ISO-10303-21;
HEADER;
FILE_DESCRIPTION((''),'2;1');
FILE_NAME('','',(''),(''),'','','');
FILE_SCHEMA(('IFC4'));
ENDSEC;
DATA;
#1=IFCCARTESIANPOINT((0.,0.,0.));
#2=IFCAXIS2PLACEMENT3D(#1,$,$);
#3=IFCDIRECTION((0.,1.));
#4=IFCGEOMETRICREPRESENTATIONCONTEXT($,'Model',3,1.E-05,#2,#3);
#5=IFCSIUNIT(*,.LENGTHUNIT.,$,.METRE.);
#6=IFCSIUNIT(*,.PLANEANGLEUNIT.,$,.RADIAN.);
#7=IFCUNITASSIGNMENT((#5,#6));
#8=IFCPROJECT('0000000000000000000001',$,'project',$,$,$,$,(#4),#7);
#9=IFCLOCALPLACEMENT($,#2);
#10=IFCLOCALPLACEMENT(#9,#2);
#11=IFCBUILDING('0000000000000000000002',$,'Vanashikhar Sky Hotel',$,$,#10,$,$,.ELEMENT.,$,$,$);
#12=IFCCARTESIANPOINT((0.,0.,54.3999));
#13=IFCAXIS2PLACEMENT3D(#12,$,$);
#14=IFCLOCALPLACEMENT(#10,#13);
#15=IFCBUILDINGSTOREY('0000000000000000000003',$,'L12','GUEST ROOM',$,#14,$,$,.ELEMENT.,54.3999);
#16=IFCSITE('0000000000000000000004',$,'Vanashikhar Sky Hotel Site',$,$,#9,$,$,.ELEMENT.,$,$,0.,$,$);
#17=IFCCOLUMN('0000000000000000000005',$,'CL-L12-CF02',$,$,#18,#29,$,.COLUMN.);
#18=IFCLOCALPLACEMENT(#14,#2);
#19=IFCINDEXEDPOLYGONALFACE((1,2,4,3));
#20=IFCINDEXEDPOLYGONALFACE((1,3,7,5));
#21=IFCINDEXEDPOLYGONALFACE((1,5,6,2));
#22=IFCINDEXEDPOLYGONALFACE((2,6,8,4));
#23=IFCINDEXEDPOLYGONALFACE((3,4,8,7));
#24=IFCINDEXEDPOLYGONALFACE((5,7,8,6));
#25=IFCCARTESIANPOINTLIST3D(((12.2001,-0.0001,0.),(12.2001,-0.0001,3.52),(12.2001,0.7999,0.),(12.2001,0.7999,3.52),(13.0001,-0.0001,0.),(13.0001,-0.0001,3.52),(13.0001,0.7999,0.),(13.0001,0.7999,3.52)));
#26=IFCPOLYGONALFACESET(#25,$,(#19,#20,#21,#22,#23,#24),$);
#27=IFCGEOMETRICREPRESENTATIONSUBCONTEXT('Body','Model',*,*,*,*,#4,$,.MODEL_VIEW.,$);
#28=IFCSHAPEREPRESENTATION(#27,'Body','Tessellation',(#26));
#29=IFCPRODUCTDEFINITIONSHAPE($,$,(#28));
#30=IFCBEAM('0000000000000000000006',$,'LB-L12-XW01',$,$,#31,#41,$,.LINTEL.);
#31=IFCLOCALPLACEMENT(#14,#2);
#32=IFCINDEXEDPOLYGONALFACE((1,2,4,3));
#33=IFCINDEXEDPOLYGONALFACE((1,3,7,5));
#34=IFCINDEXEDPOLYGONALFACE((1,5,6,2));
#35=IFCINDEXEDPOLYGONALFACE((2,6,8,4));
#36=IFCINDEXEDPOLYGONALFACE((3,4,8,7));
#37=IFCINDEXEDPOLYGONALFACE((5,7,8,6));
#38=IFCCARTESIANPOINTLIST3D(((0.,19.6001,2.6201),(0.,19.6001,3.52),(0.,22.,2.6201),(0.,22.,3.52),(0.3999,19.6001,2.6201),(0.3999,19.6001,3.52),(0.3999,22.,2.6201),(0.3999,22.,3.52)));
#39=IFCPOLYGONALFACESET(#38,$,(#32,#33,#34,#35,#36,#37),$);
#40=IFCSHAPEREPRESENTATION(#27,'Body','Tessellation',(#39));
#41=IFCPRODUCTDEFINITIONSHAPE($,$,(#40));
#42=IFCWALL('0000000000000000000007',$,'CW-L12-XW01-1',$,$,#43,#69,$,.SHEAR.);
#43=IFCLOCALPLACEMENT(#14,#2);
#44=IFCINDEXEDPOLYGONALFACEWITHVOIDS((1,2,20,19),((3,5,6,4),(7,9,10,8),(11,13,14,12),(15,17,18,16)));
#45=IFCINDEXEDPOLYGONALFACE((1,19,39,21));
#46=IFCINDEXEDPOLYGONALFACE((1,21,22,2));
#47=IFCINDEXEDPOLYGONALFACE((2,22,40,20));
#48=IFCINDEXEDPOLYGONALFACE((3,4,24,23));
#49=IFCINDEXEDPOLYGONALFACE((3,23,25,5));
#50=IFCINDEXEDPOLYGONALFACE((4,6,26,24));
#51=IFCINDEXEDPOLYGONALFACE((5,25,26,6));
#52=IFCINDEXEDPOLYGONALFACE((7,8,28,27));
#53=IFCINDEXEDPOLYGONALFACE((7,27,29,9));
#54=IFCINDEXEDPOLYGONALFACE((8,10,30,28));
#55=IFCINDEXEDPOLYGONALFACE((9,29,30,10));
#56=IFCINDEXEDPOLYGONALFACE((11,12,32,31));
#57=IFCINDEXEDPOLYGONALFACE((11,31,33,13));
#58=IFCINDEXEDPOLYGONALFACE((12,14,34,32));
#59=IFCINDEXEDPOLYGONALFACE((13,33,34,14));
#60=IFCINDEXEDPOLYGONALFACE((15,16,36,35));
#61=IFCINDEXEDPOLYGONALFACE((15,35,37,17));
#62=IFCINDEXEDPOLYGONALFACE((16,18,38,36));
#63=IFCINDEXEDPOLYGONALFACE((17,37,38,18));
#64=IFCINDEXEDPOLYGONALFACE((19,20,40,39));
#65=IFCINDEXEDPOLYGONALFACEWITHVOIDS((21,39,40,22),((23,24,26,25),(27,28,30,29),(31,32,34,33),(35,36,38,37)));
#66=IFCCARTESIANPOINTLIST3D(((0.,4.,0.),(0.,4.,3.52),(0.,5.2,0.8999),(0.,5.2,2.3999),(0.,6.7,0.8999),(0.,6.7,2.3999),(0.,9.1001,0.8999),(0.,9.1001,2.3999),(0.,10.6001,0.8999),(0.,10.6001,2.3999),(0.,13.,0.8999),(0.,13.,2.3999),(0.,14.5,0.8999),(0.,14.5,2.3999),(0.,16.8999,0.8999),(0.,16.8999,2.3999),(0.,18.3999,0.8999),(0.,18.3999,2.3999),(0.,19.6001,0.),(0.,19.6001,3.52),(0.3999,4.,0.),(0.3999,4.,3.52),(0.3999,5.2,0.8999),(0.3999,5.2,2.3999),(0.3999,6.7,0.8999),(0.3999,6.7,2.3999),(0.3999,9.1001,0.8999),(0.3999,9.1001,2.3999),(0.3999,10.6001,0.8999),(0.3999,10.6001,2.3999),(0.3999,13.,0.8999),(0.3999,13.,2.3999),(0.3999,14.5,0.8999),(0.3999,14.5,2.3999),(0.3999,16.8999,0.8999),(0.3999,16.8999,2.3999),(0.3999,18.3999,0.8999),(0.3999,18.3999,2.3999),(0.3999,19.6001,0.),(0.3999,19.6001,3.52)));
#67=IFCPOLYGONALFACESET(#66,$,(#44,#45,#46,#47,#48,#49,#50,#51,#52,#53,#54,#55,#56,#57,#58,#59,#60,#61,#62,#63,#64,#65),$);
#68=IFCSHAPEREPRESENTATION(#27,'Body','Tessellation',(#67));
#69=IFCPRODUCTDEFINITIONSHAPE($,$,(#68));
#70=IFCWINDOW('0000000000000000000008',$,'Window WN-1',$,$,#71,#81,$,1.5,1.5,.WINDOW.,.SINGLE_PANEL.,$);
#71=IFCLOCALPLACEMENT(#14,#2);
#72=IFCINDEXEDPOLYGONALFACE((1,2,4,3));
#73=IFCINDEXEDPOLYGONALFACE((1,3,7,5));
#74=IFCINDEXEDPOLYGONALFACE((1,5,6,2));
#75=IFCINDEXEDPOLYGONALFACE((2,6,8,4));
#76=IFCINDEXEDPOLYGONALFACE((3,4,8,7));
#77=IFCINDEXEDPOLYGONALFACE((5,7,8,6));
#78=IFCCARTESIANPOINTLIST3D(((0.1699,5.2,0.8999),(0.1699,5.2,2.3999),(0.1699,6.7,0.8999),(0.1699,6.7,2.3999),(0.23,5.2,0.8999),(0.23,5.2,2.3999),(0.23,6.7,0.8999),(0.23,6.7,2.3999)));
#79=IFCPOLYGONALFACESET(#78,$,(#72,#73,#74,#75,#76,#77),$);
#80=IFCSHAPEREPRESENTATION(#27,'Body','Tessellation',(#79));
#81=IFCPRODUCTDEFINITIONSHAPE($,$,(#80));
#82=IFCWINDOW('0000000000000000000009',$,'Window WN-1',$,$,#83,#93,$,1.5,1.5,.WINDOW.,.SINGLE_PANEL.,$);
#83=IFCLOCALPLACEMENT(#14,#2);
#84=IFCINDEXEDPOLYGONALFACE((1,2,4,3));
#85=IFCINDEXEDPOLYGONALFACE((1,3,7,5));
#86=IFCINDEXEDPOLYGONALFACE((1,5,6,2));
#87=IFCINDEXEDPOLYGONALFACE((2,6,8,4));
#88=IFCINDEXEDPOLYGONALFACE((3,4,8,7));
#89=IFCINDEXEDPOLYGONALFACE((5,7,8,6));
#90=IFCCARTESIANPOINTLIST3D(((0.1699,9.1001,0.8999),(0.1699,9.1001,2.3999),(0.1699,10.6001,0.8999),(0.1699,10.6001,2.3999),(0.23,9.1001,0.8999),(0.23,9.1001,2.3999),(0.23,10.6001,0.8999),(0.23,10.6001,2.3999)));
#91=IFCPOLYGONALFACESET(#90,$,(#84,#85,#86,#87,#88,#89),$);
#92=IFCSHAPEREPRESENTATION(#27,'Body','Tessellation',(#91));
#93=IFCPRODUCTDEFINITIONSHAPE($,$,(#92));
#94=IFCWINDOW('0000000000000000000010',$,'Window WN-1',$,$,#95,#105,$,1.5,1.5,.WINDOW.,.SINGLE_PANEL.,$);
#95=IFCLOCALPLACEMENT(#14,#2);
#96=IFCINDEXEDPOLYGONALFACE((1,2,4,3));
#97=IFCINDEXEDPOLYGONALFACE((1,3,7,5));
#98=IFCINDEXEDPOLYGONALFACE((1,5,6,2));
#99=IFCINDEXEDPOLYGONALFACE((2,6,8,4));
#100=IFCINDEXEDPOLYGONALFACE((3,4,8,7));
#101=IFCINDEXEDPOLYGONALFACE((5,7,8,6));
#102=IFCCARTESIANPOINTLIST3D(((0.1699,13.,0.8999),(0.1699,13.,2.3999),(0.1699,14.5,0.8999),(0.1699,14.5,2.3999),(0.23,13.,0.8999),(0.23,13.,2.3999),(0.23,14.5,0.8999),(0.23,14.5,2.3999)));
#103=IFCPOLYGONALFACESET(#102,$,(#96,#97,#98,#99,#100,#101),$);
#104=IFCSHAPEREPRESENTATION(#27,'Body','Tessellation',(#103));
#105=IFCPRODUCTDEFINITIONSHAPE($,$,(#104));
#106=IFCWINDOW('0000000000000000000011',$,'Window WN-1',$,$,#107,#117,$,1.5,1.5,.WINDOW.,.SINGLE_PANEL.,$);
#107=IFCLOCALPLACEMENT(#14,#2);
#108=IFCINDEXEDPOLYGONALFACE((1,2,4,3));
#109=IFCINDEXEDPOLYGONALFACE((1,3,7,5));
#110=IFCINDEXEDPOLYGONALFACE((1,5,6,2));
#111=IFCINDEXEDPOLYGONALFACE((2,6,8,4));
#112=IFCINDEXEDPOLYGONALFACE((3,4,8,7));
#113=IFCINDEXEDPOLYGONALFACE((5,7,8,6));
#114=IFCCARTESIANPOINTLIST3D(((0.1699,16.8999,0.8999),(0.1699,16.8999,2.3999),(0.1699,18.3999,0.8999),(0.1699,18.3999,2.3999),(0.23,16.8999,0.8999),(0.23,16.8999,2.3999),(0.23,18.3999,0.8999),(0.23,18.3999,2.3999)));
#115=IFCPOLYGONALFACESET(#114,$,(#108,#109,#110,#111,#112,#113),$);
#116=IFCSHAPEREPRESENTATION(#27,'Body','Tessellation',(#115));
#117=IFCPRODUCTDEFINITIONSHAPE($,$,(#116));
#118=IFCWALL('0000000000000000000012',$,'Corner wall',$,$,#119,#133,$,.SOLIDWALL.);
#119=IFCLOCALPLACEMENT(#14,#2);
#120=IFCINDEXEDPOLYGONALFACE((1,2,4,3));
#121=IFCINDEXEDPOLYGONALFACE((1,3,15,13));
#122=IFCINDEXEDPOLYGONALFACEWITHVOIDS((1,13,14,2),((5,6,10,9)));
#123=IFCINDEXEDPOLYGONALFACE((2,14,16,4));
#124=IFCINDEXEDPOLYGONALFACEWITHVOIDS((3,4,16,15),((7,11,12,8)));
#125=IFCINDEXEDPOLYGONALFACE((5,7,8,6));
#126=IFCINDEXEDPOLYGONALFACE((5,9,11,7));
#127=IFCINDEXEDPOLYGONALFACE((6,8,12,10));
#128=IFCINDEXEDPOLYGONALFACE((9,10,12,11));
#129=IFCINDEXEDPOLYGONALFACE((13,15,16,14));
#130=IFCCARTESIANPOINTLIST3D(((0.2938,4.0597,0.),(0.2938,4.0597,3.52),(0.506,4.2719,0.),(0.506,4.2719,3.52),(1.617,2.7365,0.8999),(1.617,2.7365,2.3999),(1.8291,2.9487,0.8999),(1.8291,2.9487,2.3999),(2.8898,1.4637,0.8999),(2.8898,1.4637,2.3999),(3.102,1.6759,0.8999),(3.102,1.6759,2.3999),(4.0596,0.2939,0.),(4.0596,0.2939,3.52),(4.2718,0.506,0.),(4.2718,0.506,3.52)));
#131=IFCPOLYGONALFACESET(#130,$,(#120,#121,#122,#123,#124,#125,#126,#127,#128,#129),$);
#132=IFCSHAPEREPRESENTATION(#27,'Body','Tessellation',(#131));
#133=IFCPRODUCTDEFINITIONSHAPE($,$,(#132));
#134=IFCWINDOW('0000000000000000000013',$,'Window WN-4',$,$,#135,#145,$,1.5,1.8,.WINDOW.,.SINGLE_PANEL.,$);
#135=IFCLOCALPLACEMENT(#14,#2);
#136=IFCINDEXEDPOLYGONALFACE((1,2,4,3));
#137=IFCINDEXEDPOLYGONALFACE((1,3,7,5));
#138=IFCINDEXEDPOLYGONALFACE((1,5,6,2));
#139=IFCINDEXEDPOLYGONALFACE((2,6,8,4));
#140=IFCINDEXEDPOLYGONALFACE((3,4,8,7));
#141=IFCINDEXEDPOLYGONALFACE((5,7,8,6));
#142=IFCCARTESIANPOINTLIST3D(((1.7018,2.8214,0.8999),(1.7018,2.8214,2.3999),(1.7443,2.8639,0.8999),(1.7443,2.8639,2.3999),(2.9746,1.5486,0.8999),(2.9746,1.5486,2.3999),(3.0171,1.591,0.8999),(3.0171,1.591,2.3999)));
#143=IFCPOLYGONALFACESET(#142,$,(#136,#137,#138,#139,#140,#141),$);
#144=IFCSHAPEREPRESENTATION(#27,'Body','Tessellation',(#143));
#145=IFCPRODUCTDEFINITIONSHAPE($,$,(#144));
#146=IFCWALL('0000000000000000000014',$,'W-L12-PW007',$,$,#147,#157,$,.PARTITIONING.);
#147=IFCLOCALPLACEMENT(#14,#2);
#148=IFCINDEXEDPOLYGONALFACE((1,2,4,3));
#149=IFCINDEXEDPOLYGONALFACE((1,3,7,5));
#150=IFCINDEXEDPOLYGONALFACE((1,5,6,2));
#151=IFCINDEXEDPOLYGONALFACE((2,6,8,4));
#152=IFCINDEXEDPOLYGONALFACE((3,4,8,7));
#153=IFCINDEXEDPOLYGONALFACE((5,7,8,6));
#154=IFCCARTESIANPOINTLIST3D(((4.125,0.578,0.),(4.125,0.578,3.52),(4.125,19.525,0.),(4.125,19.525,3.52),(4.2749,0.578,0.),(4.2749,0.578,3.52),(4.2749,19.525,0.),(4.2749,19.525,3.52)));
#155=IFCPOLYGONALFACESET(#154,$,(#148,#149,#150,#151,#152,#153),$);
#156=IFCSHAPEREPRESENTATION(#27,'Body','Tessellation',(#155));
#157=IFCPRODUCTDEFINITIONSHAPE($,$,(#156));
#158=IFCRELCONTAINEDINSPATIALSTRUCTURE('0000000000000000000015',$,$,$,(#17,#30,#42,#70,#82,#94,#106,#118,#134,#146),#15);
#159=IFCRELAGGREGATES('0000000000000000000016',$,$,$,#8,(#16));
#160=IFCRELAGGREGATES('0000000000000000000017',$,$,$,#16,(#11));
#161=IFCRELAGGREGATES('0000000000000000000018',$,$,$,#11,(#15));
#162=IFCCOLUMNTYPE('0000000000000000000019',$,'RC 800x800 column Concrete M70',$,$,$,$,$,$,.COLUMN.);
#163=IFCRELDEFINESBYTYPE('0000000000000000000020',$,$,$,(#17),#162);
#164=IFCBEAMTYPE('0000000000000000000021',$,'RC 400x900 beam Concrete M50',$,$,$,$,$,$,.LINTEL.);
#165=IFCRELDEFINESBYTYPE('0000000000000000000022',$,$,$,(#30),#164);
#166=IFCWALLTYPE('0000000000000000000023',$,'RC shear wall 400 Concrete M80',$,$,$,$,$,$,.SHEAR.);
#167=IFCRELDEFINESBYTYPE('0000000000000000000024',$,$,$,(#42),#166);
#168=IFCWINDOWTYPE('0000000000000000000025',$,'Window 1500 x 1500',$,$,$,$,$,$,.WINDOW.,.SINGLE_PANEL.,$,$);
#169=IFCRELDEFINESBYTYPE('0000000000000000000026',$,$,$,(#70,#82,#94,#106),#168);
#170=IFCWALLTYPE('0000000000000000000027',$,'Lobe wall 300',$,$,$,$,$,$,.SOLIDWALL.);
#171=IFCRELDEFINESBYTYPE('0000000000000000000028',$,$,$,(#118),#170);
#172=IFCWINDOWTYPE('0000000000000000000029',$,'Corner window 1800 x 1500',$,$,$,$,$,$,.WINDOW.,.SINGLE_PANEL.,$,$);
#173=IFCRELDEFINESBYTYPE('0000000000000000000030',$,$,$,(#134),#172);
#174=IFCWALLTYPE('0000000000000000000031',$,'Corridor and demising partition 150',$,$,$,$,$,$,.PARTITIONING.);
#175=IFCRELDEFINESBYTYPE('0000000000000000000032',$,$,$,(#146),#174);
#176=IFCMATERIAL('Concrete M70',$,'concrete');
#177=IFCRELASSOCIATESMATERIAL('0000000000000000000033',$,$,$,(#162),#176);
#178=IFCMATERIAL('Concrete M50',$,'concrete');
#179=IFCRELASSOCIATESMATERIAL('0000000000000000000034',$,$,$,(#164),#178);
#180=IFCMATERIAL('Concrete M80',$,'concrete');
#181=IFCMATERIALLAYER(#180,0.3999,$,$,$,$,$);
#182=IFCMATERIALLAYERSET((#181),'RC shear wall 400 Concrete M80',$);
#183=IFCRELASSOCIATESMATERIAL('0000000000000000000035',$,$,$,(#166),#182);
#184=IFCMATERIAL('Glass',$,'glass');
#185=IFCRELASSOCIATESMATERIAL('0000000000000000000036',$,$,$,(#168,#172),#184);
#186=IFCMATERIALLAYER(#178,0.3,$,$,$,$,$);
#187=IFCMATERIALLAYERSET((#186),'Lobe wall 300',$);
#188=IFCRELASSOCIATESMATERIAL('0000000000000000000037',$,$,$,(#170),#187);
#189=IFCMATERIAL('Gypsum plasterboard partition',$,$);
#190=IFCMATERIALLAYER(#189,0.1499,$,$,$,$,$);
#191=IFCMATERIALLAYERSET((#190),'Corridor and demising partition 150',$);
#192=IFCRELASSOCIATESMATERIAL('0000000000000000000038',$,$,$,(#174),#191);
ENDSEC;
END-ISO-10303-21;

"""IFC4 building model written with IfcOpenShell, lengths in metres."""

from ifc_helpers import new_model, si_unit, direction, frame, frame_2d, origin, origin_2d, place, context, subcontext, project, spatial, rectangle, extrude, source, transform, mapped, material, layer, layer_set, material_profile, profile_set, type_object, element, fill, save


model = new_model("IFC4")

# Units and contexts
model_context = context("Model", 3, precision=1e-05, world=origin(), true_north=direction((0.0, 1.0)))
body_context = subcontext(model_context, "Body", "Model", "MODEL_VIEW")
ifc_project = project(units=[si_unit("LENGTHUNIT", "METRE"), si_unit("PLANEANGLEUNIT", "RADIAN")], contexts=[model_context])

# Site, building, storey
site_placement = place(None, origin())
site = spatial("IfcSite", under=ifc_project, at=site_placement, Name="Vanashikhar Sky Hotel Site", CompositionType="ELEMENT", RefElevation=0.0)
building_placement = place(site_placement, origin())
building = spatial("IfcBuilding", under=site, at=building_placement, Name="Vanashikhar Sky Hotel", CompositionType="ELEMENT")
storey_placement = place(building_placement, frame((0.0, 0.0, 54.3999)))
storey = spatial("IfcBuildingStorey", under=building, at=storey_placement, Name="L12", Description="GUEST ROOM", CompositionType="ELEMENT", Elevation=54.3999)

# Column
ifc_material_1 = material(Name="Concrete M70", Category="concrete")
ifc_material_profile_1 = material_profile(ifc_material_1, rectangle(XDim=0.8, YDim=0.8, at=origin_2d()))
ifc_profile_set_1 = profile_set([ifc_material_profile_1], Name="RC 800x800 column Concrete M70")
column_type = type_object("IfcColumnType", Name="RC 800x800 column Concrete M70", PredefinedType="COLUMN", material=ifc_profile_set_1)
shared_shape_1 = source(origin(), body_context, "Body", "SweptSolid", [
    extrude(rectangle(XDim=0.8, YDim=0.8, at=origin_2d()), origin(), (0.0, 0.0, 1.0), 3.52),
])
column_placement = place(storey_placement, frame((12.6001, 0.3999, 0.0), z_axis=(0.0, 0.0, 1.0), x_axis=(1.0, 0.0, 0.0)))
element("IfcColumn", 1, at=column_placement, inside=storey, type_object=column_type, Name="CL-L12-CF02", PredefinedType="COLUMN", context=body_context, shape_type="MappedRepresentation", body=[
    mapped(shared_shape_1, transform((0.0, 0.0, 0.0), scale=1.0)),
])

# Beam
ifc_material_2 = material(Name="Concrete M50", Category="concrete")
ifc_material_profile_2 = material_profile(ifc_material_2, rectangle(XDim=0.3999, YDim=0.8999, at=origin_2d()))
ifc_profile_set_2 = profile_set([ifc_material_profile_2], Name="RC 400x900 beam Concrete M50")
beam_type = type_object("IfcBeamType", Name="RC 400x900 beam Concrete M50", PredefinedType="LINTEL", material=ifc_profile_set_2)
shared_shape_2 = source(origin(), body_context, "Body", "SweptSolid", [
    extrude(rectangle(XDim=0.3999, YDim=0.8999, at=origin_2d()), origin(), (0.0, 0.0, 1.0), 2.3999),
])
beam_placement = place(storey_placement, frame((0.2, 19.6001, 3.0701), z_axis=(0.0, 1.0, 0.0), x_axis=(-1.0, 0.0, 0.0)))
element("IfcBeam", 2, at=beam_placement, inside=storey, type_object=beam_type, Name="LB-L12-XW01", PredefinedType="LINTEL", context=body_context, shape_type="MappedRepresentation", body=[
    mapped(shared_shape_2, transform((0.0, 0.0, 0.0), scale=1.0)),
])

# Wall, openings, windows
ifc_material_3 = material(Name="Concrete M80", Category="concrete")
ifc_layer_1 = layer(ifc_material_3, 0.3999)
ifc_layer_set_1 = layer_set([ifc_layer_1], Name="RC shear wall 400 Concrete M80")
wall_type_1 = type_object("IfcWallType", Name="RC shear wall 400 Concrete M80", PredefinedType="SHEAR", material=ifc_layer_set_1)
shared_shape_3 = source(origin(), body_context, "Body", "SweptSolid", [
    extrude(rectangle(XDim=15.6001, YDim=0.3999, at=frame_2d((7.8, 0.0))), origin(), (0.0, 0.0, 1.0), 3.52),
])
wall_1_placement = place(storey_placement, frame((0.2, 4.0, 0.0), z_axis=(0.0, 0.0, 1.0), x_axis=(0.0, 1.0, 0.0)))
wall_1 = element("IfcWall", 3, at=wall_1_placement, inside=storey, type_object=wall_type_1, Name="CW-L12-XW01-1", PredefinedType="SHEAR", context=body_context, shape_type="MappedRepresentation", body=[
    mapped(shared_shape_3, transform((0.0, 0.0, 0.0), scale=1.0)),
])
shared_shape_4 = source(origin(), body_context, "Body", "SweptSolid", [
    extrude(rectangle(XDim=1.5, YDim=1.5, at=frame_2d((0.75, 0.75))), frame((0.0, 0.21, 0.0), z_axis=(0.0, -1.0, 0.0), x_axis=(1.0, 0.0, 0.0)), (0.0, 0.0, 1.0), 0.4199),
])
opening_1_placement = place(wall_1_placement, frame((1.2, 0.0, 0.8999)))
opening_1 = element("IfcOpeningElement", 4, at=opening_1_placement, cuts=wall_1, PredefinedType="OPENING", context=body_context, shape_type="MappedRepresentation", body=[
    mapped(shared_shape_4, transform((0.0, 0.0, 0.0), scale=1.0)),
])
opening_2_placement = place(wall_1_placement, frame((5.1001, 0.0, 0.8999)))
opening_2 = element("IfcOpeningElement", 5, at=opening_2_placement, cuts=wall_1, PredefinedType="OPENING", context=body_context, shape_type="MappedRepresentation", body=[
    mapped(shared_shape_4, transform((0.0, 0.0, 0.0), scale=1.0)),
])
opening_3_placement = place(wall_1_placement, frame((9.0, 0.0, 0.8999)))
opening_3 = element("IfcOpeningElement", 6, at=opening_3_placement, cuts=wall_1, PredefinedType="OPENING", context=body_context, shape_type="MappedRepresentation", body=[
    mapped(shared_shape_4, transform((0.0, 0.0, 0.0), scale=1.0)),
])
opening_4_placement = place(wall_1_placement, frame((12.8999, 0.0, 0.8999)))
opening_4 = element("IfcOpeningElement", 7, at=opening_4_placement, cuts=wall_1, PredefinedType="OPENING", context=body_context, shape_type="MappedRepresentation", body=[
    mapped(shared_shape_4, transform((0.0, 0.0, 0.0), scale=1.0)),
])
ifc_material_4 = material(Name="Glass", Category="glass")
window_type_1 = type_object("IfcWindowType", Name="Window 1500 x 1500", PartitioningType="SINGLE_PANEL", PredefinedType="WINDOW", material=ifc_material_4)
shared_shape_5 = source(origin(), body_context, "Body", "SweptSolid", [
    extrude(rectangle(XDim=1.5, YDim=1.5, at=frame_2d((0.75, 0.75))), frame((0.0, 0.03, 0.0), z_axis=(0.0, -1.0, 0.0), x_axis=(1.0, 0.0, 0.0)), (0.0, 0.0, 1.0), 0.0601),
])
window_1_placement = place(opening_1_placement, origin())
window_1 = element("IfcWindow", 8, at=window_1_placement, inside=storey, type_object=window_type_1, Name="Window WN-1", OverallHeight=1.5, OverallWidth=1.5, PartitioningType="SINGLE_PANEL", PredefinedType="WINDOW", context=body_context, shape_type="MappedRepresentation", body=[
    mapped(shared_shape_5, transform((0.0, 0.0, 0.0), scale=1.0)),
])
fill(opening_1, window_1)
window_2_placement = place(opening_2_placement, origin())
window_2 = element("IfcWindow", 9, at=window_2_placement, inside=storey, type_object=window_type_1, Name="Window WN-1", OverallHeight=1.5, OverallWidth=1.5, PartitioningType="SINGLE_PANEL", PredefinedType="WINDOW", context=body_context, shape_type="MappedRepresentation", body=[
    mapped(shared_shape_5, transform((0.0, 0.0, 0.0), scale=1.0)),
])
fill(opening_2, window_2)
window_3_placement = place(opening_3_placement, origin())
window_3 = element("IfcWindow", 10, at=window_3_placement, inside=storey, type_object=window_type_1, Name="Window WN-1", OverallHeight=1.5, OverallWidth=1.5, PartitioningType="SINGLE_PANEL", PredefinedType="WINDOW", context=body_context, shape_type="MappedRepresentation", body=[
    mapped(shared_shape_5, transform((0.0, 0.0, 0.0), scale=1.0)),
])
fill(opening_3, window_3)
window_4_placement = place(opening_4_placement, origin())
window_4 = element("IfcWindow", 11, at=window_4_placement, inside=storey, type_object=window_type_1, Name="Window WN-1", OverallHeight=1.5, OverallWidth=1.5, PartitioningType="SINGLE_PANEL", PredefinedType="WINDOW", context=body_context, shape_type="MappedRepresentation", body=[
    mapped(shared_shape_5, transform((0.0, 0.0, 0.0), scale=1.0)),
])
fill(opening_4, window_4)

# Wall, opening, window
ifc_layer_2 = layer(ifc_material_2, 0.3)
ifc_layer_set_2 = layer_set([ifc_layer_2], Name="Lobe wall 300")
wall_type_2 = type_object("IfcWallType", Name="Lobe wall 300", PredefinedType="SOLIDWALL", material=ifc_layer_set_2)
shared_shape_6 = source(origin(), body_context, "Body", "SweptSolid", [
    extrude(rectangle(XDim=5.3257, YDim=0.3, at=frame_2d((2.6628, 0.0))), origin(), (0.0, 0.0, 1.0), 3.52),
])
wall_2_placement = place(storey_placement, frame((0.3999, 4.1658, 0.0), z_axis=(0.0, 0.0, 1.0), x_axis=(0.707107, -0.707107, 0.0)))
wall_2 = element("IfcWall", 12, at=wall_2_placement, inside=storey, type_object=wall_type_2, Name="Corner wall", PredefinedType="SOLIDWALL", context=body_context, shape_type="MappedRepresentation", body=[
    mapped(shared_shape_6, transform((0.0, 0.0, 0.0), scale=1.0)),
])
shared_shape_7 = source(origin(), body_context, "Body", "SweptSolid", [
    extrude(rectangle(XDim=1.8, YDim=1.5, at=frame_2d((0.8999, 0.75))), frame((0.0, 0.1602, 0.0), z_axis=(0.0, -1.0, 0.0), x_axis=(1.0, 0.0, 0.0)), (0.0, 0.0, 1.0), 0.3201),
])
opening_5_placement = place(wall_2_placement, frame((1.8713, 0.0, 0.8999)))
opening_5 = element("IfcOpeningElement", 13, at=opening_5_placement, cuts=wall_2, PredefinedType="OPENING", context=body_context, shape_type="MappedRepresentation", body=[
    mapped(shared_shape_7, transform((0.0, 0.0, 0.0), scale=1.0)),
])
window_type_2 = type_object("IfcWindowType", Name="Corner window 1800 x 1500", PartitioningType="SINGLE_PANEL", PredefinedType="WINDOW", material=ifc_material_4)
shared_shape_8 = source(origin(), body_context, "Body", "SweptSolid", [
    extrude(rectangle(XDim=1.8, YDim=1.5, at=frame_2d((0.8999, 0.75))), frame((0.0, 0.03, 0.0), z_axis=(0.0, -1.0, 0.0), x_axis=(1.0, 0.0, 0.0)), (0.0, 0.0, 1.0), 0.0601),
])
window_5_placement = place(opening_5_placement, origin())
window_5 = element("IfcWindow", 14, at=window_5_placement, inside=storey, type_object=window_type_2, Name="Window WN-4", OverallHeight=1.5, OverallWidth=1.8, PartitioningType="SINGLE_PANEL", PredefinedType="WINDOW", context=body_context, shape_type="MappedRepresentation", body=[
    mapped(shared_shape_8, transform((0.0, 0.0, 0.0), scale=1.0)),
])
fill(opening_5, window_5)

# Wall
ifc_material_5 = material(Name="Gypsum plasterboard partition")
ifc_layer_3 = layer(ifc_material_5, 0.1499)
ifc_layer_set_3 = layer_set([ifc_layer_3], Name="Corridor and demising partition 150")
wall_type_3 = type_object("IfcWallType", Name="Corridor and demising partition 150", PredefinedType="PARTITIONING", material=ifc_layer_set_3)
shared_shape_9 = source(origin(), body_context, "Body", "SweptSolid", [
    extrude(rectangle(XDim=18.947, YDim=0.1499, at=frame_2d((9.4736, 0.0))), origin(), (0.0, 0.0, 1.0), 3.52),
])
wall_3_placement = place(storey_placement, frame((4.2, 0.5779, 0.0), z_axis=(0.0, 0.0, 1.0), x_axis=(0.0, 1.0, 0.0)))
element("IfcWall", 15, at=wall_3_placement, inside=storey, type_object=wall_type_3, Name="W-L12-PW007", PredefinedType="PARTITIONING", context=body_context, shape_type="MappedRepresentation", body=[
    mapped(shared_shape_9, transform((0.0, 0.0, 0.0), scale=1.0)),
])

save(model, "model.ifc")
